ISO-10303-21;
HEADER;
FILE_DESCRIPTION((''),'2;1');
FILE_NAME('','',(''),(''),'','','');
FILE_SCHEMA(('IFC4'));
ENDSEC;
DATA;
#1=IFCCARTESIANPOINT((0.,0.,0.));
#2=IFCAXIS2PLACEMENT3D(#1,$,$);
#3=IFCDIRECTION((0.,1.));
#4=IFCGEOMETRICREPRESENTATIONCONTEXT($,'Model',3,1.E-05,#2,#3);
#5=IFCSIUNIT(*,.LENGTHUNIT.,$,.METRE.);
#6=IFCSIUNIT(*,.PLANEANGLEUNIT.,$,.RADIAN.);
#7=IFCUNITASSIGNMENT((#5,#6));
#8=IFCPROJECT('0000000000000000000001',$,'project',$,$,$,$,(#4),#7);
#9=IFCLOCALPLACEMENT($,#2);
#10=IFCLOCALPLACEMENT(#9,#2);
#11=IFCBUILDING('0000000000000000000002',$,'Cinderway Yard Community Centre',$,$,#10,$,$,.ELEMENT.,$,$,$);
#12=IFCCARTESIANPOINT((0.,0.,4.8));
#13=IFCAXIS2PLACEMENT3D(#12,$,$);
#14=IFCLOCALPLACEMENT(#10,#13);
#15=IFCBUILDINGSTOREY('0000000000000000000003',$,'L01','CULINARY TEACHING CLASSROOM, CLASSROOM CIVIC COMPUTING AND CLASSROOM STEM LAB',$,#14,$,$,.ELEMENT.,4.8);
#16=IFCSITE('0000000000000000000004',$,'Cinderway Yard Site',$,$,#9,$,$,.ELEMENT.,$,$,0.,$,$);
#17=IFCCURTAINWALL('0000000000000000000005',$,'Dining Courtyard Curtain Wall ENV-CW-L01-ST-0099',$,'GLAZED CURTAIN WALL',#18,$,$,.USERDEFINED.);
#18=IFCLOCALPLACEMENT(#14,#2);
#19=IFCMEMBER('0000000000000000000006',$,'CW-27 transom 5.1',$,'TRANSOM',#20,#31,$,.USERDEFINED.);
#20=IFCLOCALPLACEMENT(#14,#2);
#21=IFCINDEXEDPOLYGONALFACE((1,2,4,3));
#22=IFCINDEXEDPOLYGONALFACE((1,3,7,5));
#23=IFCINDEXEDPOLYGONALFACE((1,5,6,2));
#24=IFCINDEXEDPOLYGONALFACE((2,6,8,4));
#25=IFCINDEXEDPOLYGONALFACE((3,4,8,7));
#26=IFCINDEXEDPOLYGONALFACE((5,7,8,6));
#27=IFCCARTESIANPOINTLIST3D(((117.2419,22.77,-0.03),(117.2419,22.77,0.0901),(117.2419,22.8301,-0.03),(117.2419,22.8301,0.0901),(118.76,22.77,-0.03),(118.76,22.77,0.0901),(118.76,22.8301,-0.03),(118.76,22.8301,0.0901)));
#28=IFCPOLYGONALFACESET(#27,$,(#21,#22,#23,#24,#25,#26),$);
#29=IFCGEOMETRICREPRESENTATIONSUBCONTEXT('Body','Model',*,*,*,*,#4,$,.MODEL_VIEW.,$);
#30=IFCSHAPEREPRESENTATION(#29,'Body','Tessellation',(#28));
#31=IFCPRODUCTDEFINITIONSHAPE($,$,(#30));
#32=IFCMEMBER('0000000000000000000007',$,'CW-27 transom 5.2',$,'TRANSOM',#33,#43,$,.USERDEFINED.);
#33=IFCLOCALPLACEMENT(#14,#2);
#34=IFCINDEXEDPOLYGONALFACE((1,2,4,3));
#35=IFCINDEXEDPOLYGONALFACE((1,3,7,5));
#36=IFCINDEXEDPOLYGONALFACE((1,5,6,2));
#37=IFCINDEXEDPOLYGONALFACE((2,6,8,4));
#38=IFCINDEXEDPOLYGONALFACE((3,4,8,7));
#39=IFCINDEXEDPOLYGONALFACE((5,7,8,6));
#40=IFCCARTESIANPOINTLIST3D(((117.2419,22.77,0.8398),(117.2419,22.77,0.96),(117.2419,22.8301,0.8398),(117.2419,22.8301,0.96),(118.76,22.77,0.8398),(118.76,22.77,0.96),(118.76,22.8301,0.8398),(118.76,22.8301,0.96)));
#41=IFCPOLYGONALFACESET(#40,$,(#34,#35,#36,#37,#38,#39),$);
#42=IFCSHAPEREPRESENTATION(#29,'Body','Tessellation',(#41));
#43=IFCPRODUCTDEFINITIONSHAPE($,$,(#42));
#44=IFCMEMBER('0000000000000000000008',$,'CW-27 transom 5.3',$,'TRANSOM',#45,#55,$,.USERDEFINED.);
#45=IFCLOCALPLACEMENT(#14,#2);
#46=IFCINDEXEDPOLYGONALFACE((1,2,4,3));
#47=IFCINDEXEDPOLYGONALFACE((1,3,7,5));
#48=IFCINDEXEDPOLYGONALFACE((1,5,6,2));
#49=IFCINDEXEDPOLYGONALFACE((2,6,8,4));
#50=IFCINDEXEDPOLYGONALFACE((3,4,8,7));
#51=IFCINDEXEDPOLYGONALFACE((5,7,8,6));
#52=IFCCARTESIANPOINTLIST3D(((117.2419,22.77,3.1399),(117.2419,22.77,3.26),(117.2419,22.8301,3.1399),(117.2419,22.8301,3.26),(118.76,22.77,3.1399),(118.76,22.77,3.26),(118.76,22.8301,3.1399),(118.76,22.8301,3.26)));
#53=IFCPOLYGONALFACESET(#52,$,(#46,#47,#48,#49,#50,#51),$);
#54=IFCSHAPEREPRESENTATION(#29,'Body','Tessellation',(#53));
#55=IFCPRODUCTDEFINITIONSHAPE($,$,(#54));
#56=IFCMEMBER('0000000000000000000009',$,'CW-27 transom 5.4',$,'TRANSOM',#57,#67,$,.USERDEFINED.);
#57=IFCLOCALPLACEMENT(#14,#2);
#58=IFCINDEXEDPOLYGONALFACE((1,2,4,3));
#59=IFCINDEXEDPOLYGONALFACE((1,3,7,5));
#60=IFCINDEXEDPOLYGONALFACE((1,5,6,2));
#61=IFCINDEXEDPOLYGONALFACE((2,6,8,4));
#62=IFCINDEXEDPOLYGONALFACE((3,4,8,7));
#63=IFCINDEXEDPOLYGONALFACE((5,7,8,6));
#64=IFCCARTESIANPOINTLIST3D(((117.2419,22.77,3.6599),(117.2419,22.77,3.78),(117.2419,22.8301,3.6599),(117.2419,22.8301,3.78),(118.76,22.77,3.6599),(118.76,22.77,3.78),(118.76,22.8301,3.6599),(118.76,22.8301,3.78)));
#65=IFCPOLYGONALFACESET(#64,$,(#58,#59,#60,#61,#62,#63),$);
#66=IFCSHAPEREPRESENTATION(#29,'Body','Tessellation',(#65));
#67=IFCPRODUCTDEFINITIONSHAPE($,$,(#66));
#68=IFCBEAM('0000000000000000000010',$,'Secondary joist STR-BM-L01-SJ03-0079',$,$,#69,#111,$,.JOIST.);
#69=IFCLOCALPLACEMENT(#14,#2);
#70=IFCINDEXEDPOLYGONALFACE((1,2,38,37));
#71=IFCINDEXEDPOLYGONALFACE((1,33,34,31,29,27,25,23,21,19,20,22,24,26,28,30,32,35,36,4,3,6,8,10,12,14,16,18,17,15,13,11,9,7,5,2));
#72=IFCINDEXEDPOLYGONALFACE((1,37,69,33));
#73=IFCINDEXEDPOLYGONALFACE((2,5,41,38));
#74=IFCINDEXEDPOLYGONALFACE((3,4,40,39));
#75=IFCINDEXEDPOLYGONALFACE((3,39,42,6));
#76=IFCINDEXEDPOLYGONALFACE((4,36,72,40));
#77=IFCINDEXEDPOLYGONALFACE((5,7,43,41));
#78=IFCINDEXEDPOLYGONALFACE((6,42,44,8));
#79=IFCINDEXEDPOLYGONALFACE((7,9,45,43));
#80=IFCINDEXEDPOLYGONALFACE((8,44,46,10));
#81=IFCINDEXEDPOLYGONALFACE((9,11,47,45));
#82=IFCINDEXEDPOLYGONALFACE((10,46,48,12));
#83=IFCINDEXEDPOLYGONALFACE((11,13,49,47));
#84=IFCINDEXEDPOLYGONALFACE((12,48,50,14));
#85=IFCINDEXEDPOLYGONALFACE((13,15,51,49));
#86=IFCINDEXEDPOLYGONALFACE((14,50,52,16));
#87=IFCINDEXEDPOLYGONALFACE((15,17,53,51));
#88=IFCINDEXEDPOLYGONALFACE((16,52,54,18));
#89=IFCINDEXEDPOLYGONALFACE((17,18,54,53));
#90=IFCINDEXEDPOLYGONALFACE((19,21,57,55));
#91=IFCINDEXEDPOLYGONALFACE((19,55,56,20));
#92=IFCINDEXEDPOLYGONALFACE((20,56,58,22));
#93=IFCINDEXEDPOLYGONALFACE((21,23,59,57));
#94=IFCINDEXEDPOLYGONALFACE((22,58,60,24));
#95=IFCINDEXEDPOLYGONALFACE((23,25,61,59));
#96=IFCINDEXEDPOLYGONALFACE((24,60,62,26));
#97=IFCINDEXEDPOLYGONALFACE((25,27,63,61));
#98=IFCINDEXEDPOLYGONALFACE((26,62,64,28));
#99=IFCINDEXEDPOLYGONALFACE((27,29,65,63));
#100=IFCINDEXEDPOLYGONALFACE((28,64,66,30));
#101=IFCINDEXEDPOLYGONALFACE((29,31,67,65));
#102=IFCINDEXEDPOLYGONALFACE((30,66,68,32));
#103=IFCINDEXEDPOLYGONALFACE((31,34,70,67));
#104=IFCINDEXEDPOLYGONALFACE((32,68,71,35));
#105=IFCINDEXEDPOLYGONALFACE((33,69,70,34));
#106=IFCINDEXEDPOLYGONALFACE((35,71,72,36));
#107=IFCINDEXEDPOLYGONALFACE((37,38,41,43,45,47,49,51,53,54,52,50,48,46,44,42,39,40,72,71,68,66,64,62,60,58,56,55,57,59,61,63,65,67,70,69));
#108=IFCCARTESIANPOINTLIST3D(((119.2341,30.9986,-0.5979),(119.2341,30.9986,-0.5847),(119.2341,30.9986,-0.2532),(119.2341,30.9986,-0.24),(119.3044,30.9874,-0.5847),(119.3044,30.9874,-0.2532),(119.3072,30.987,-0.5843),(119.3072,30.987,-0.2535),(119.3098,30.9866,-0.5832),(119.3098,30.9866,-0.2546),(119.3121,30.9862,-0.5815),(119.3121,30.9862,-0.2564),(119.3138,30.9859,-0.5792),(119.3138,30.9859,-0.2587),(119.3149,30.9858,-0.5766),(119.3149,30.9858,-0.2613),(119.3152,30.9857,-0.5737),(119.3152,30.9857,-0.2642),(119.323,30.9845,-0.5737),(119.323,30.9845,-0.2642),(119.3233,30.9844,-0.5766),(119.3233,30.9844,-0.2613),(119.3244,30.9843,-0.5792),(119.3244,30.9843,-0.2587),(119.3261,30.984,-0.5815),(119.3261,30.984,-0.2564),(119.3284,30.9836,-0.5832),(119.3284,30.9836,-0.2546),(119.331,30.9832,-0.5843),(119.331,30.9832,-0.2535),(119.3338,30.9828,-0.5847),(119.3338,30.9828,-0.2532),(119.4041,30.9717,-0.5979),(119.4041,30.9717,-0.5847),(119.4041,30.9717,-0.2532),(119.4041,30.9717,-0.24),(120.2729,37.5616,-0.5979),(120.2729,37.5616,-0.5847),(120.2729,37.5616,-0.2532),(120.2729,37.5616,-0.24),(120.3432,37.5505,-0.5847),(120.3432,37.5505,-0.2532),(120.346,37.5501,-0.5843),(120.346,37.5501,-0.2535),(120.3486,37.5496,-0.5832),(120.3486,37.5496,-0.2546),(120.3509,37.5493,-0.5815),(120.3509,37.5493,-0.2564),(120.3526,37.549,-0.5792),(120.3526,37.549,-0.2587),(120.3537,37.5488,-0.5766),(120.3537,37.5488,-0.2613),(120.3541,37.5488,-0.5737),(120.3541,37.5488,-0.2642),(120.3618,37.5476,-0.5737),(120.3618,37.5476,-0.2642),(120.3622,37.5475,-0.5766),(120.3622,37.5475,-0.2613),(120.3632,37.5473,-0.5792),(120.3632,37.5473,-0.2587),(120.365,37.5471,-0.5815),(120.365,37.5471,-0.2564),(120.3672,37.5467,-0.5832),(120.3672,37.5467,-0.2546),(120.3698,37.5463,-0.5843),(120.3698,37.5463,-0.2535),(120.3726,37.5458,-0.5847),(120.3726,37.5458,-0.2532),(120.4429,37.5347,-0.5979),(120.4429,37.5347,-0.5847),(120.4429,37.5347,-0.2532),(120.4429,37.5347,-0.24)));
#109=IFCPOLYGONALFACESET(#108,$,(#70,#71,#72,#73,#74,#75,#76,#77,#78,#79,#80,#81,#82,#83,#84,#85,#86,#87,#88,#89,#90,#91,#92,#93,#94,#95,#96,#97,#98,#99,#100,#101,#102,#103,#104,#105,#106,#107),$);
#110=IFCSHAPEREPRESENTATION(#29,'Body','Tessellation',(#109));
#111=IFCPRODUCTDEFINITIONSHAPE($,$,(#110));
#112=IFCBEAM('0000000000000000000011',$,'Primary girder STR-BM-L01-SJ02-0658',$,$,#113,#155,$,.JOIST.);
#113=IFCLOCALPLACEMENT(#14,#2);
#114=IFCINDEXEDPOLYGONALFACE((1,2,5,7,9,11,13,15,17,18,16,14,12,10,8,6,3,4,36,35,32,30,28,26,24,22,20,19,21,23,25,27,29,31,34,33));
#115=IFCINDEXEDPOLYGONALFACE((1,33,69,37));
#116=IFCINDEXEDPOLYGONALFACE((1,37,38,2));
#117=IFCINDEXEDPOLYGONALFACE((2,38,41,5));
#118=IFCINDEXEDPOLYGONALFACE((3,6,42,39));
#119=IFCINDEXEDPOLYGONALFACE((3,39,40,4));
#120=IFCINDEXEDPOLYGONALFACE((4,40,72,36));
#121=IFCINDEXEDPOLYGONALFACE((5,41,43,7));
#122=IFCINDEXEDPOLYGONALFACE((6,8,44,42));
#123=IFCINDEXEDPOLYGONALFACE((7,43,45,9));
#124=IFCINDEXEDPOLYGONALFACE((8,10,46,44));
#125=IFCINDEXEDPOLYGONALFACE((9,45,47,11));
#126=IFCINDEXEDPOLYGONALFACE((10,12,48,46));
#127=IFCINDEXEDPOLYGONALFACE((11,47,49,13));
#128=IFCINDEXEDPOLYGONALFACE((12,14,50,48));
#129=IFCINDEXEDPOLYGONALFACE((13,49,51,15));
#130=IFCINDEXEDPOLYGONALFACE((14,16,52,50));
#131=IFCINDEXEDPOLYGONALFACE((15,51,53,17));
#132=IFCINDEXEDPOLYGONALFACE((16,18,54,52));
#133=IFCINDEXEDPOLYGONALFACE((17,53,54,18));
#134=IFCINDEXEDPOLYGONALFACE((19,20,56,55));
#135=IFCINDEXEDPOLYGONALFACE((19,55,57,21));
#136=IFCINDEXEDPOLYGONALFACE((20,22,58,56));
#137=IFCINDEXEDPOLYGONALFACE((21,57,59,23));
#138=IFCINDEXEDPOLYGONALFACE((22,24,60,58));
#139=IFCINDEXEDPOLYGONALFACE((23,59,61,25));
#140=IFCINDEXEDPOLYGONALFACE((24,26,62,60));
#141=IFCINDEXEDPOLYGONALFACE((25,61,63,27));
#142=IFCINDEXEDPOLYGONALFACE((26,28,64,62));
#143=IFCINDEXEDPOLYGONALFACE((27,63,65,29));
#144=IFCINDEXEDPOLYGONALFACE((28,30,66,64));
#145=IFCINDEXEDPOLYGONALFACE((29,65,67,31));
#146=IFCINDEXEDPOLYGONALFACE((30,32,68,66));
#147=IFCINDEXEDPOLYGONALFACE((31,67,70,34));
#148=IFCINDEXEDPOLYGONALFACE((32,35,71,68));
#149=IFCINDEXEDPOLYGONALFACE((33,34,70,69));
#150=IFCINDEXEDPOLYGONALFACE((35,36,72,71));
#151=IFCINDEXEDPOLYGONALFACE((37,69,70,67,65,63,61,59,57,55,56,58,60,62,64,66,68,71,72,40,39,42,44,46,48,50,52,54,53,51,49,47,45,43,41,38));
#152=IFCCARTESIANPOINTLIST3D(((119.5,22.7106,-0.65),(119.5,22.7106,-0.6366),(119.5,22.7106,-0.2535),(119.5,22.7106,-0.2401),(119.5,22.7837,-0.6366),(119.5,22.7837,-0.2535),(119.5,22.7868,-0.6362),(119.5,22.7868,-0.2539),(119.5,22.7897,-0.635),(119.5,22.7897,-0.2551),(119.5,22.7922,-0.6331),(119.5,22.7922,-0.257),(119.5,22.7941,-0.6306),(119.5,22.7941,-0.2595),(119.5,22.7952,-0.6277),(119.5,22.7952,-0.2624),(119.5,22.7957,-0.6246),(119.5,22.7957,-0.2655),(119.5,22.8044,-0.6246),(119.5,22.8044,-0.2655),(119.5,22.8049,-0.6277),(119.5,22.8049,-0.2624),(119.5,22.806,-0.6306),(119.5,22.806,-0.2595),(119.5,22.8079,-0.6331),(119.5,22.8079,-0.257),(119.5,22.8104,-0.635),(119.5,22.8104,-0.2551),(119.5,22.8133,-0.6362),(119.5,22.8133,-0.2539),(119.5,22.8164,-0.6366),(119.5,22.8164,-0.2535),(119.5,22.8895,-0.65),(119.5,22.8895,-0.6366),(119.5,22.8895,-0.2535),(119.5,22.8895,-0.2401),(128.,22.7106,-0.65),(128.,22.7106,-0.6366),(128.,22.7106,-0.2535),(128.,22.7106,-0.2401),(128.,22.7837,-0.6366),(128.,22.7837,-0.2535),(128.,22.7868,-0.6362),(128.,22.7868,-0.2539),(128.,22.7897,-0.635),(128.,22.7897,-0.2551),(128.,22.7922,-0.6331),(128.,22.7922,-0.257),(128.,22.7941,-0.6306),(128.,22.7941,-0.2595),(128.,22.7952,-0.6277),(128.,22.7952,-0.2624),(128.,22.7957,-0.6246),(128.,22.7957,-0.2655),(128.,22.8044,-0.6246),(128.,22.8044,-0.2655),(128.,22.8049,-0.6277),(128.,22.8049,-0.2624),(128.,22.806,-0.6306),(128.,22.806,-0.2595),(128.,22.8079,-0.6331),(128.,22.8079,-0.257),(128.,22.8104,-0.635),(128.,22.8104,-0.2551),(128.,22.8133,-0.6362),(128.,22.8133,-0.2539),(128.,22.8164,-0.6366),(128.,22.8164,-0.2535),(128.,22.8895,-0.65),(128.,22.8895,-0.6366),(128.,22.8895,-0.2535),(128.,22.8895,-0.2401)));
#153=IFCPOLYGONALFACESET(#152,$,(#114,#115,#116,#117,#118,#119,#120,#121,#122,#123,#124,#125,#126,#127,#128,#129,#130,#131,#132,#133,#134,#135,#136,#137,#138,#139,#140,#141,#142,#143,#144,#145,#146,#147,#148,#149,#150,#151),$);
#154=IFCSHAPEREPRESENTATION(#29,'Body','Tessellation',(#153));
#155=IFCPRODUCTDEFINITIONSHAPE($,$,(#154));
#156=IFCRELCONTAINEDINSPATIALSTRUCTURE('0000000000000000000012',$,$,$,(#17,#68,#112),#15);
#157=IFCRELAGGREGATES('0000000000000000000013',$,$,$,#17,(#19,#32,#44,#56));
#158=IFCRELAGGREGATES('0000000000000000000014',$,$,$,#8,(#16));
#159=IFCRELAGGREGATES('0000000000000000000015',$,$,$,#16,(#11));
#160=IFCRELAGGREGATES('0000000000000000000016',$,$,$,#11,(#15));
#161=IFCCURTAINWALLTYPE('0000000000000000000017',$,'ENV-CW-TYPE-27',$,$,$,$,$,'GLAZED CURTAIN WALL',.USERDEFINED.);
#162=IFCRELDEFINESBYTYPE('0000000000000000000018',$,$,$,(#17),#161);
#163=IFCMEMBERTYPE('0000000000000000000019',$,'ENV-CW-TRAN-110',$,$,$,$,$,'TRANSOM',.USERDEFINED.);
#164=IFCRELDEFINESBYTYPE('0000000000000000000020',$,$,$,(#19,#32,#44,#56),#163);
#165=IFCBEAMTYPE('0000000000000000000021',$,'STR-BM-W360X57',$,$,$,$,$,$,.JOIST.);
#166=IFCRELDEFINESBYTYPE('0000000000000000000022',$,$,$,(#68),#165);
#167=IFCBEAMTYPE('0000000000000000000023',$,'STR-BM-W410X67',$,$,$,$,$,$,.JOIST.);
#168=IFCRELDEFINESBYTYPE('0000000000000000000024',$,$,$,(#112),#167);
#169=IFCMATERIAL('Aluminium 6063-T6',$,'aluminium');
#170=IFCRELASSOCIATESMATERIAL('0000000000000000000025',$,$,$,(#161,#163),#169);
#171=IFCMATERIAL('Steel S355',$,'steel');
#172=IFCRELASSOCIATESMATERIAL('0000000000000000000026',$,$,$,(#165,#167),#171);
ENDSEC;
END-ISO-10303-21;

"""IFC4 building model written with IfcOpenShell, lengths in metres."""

from ifc_helpers import new_model, si_unit, direction, frame, origin, origin_2d, place, context, subcontext, project, spatial, rectangle, i_section, extrude, material, material_profile, profile_set, type_object, element, aggregate, save


model = new_model("IFC4")

# Units and contexts
model_context = context("Model", 3, precision=1e-05, world=origin(), true_north=direction((0.0, 1.0)))
body_context = subcontext(model_context, "Body", "Model", "MODEL_VIEW")
ifc_project = project(units=[si_unit("LENGTHUNIT", "METRE"), si_unit("PLANEANGLEUNIT", "RADIAN")], contexts=[model_context])

# Site, building, storey
site_placement = place(None, origin())
site = spatial("IfcSite", under=ifc_project, at=site_placement, Name="Cinderway Yard Site", CompositionType="ELEMENT", RefElevation=0.0)
building_placement = place(site_placement, origin())
building = spatial("IfcBuilding", under=site, at=building_placement, Name="Cinderway Yard Community Centre", CompositionType="ELEMENT")
storey_placement = place(building_placement, frame((0.0, 0.0, 4.8)))
storey = spatial("IfcBuildingStorey", under=building, at=storey_placement, Name="L01", Description="CULINARY TEACHING CLASSROOM, CLASSROOM CIVIC COMPUTING AND CLASSROOM STEM LAB", CompositionType="ELEMENT", Elevation=4.8)

# Shared definitions
ifc_material_1 = material(Name="Aluminium 6063-T6", Category="aluminium")

# Curtain wall
curtain_wall_type_1 = type_object("IfcCurtainWallType", Name="ENV-CW-TYPE-27", ElementType="GLAZED CURTAIN WALL", PredefinedType="USERDEFINED", material=ifc_material_1)
curtain_wall_1_placement = place(storey_placement, origin())
curtain_wall_1 = element("IfcCurtainWall", 1, at=curtain_wall_1_placement, inside=storey, type_object=curtain_wall_type_1, Name="Dining Courtyard Curtain Wall ENV-CW-L01-ST-0099", ObjectType="GLAZED CURTAIN WALL", PredefinedType="USERDEFINED")

# Members
ifc_material_profile_1 = material_profile(ifc_material_1, rectangle(XDim=0.0601, YDim=0.1201, at=origin_2d()), Name="Aluminium 6063-T6")
ifc_profile_set_1 = profile_set([ifc_material_profile_1], Name="Aluminium 6063-T6")
member_type_1 = type_object("IfcMemberType", Name="ENV-CW-TRAN-110", ElementType="TRANSOM", PredefinedType="USERDEFINED", material=ifc_profile_set_1)
member_1_placement = place(storey_placement, frame((117.2419, 22.8, 0.03), z_axis=(1.0, 0.0, 0.0), x_axis=(0.0, 1.0, 0.0)))
member_1 = element("IfcMember", 2, at=member_1_placement, type_object=member_type_1, Name="CW-27 transom 5.1", ObjectType="TRANSOM", PredefinedType="USERDEFINED", context=body_context, shape_type="SweptSolid", body=[
    extrude(rectangle(XDim=0.0601, YDim=0.1201, at=origin_2d()), origin(), (0.0, 0.0, 1.0), 1.5181),
])
member_2_placement = place(storey_placement, frame((117.2419, 22.8, 0.8999), z_axis=(1.0, 0.0, 0.0), x_axis=(0.0, 1.0, 0.0)))
member_2 = element("IfcMember", 3, at=member_2_placement, type_object=member_type_1, Name="CW-27 transom 5.2", ObjectType="TRANSOM", PredefinedType="USERDEFINED", context=body_context, shape_type="SweptSolid", body=[
    extrude(rectangle(XDim=0.0601, YDim=0.1201, at=origin_2d()), origin(), (0.0, 0.0, 1.0), 1.5181),
])
member_3_placement = place(storey_placement, frame((117.2419, 22.8, 3.2), z_axis=(1.0, 0.0, 0.0), x_axis=(0.0, 1.0, 0.0)))
member_3 = element("IfcMember", 4, at=member_3_placement, type_object=member_type_1, Name="CW-27 transom 5.3", ObjectType="TRANSOM", PredefinedType="USERDEFINED", context=body_context, shape_type="SweptSolid", body=[
    extrude(rectangle(XDim=0.0601, YDim=0.1201, at=origin_2d()), origin(), (0.0, 0.0, 1.0), 1.5181),
])
member_4_placement = place(storey_placement, frame((117.2419, 22.8, 3.72), z_axis=(1.0, 0.0, 0.0), x_axis=(0.0, 1.0, 0.0)))
member_4 = element("IfcMember", 5, at=member_4_placement, type_object=member_type_1, Name="CW-27 transom 5.4", ObjectType="TRANSOM", PredefinedType="USERDEFINED", context=body_context, shape_type="SweptSolid", body=[
    extrude(rectangle(XDim=0.0601, YDim=0.1201, at=origin_2d()), origin(), (0.0, 0.0, 1.0), 1.5181),
])

# Beams
ifc_material_2 = material(Name="Steel S355", Category="steel")
ifc_material_profile_2 = material_profile(ifc_material_2, i_section(OverallWidth=0.1721, OverallDepth=0.3579, WebThickness=0.0078, FlangeThickness=0.0132, FilletRadius=0.011, at=origin_2d()), Name="Steel S355")
ifc_profile_set_2 = profile_set([ifc_material_profile_2], Name="Steel S355")
beam_type_1 = type_object("IfcBeamType", Name="STR-BM-W360X57", PredefinedType="JOIST", material=ifc_profile_set_2)
beam_1_placement = place(storey_placement, frame((119.3191, 30.9851, -0.4189), z_axis=(0.156338, 0.987704, 0.0), x_axis=(-0.987704, 0.156338, 0.0)))
element("IfcBeam", 6, at=beam_1_placement, inside=storey, type_object=beam_type_1, Name="Secondary joist STR-BM-L01-SJ03-0079", PredefinedType="JOIST", context=body_context, shape_type="SweptSolid", body=[
    extrude(i_section(OverallWidth=0.1721, OverallDepth=0.3579, WebThickness=0.0078, FlangeThickness=0.0132, FilletRadius=0.011, at=origin_2d()), origin(), (0.0, 0.0, 1.0), 6.6448),
])
ifc_material_profile_3 = material_profile(ifc_material_2, i_section(OverallWidth=0.179, OverallDepth=0.4099, WebThickness=0.0088, FlangeThickness=0.0134, FilletRadius=0.012, at=origin_2d()), Name="Steel S355")
ifc_profile_set_3 = profile_set([ifc_material_profile_3], Name="Steel S355")
beam_type_2 = type_object("IfcBeamType", Name="STR-BM-W410X67", PredefinedType="JOIST", material=ifc_profile_set_3)
beam_2_placement = place(storey_placement, frame((119.5, 22.8, -0.4451), z_axis=(1.0, 0.0, 0.0), x_axis=(0.0, 1.0, 0.0)))
element("IfcBeam", 7, at=beam_2_placement, inside=storey, type_object=beam_type_2, Name="Primary girder STR-BM-L01-SJ02-0658", PredefinedType="JOIST", context=body_context, shape_type="SweptSolid", body=[
    extrude(i_section(OverallWidth=0.179, OverallDepth=0.4099, WebThickness=0.0088, FlangeThickness=0.0134, FilletRadius=0.012, at=origin_2d()), origin(), (0.0, 0.0, 1.0), 8.5),
])

aggregate(curtain_wall_1, [member_1, member_2, member_3, member_4])

save(model, "model.ifc")
